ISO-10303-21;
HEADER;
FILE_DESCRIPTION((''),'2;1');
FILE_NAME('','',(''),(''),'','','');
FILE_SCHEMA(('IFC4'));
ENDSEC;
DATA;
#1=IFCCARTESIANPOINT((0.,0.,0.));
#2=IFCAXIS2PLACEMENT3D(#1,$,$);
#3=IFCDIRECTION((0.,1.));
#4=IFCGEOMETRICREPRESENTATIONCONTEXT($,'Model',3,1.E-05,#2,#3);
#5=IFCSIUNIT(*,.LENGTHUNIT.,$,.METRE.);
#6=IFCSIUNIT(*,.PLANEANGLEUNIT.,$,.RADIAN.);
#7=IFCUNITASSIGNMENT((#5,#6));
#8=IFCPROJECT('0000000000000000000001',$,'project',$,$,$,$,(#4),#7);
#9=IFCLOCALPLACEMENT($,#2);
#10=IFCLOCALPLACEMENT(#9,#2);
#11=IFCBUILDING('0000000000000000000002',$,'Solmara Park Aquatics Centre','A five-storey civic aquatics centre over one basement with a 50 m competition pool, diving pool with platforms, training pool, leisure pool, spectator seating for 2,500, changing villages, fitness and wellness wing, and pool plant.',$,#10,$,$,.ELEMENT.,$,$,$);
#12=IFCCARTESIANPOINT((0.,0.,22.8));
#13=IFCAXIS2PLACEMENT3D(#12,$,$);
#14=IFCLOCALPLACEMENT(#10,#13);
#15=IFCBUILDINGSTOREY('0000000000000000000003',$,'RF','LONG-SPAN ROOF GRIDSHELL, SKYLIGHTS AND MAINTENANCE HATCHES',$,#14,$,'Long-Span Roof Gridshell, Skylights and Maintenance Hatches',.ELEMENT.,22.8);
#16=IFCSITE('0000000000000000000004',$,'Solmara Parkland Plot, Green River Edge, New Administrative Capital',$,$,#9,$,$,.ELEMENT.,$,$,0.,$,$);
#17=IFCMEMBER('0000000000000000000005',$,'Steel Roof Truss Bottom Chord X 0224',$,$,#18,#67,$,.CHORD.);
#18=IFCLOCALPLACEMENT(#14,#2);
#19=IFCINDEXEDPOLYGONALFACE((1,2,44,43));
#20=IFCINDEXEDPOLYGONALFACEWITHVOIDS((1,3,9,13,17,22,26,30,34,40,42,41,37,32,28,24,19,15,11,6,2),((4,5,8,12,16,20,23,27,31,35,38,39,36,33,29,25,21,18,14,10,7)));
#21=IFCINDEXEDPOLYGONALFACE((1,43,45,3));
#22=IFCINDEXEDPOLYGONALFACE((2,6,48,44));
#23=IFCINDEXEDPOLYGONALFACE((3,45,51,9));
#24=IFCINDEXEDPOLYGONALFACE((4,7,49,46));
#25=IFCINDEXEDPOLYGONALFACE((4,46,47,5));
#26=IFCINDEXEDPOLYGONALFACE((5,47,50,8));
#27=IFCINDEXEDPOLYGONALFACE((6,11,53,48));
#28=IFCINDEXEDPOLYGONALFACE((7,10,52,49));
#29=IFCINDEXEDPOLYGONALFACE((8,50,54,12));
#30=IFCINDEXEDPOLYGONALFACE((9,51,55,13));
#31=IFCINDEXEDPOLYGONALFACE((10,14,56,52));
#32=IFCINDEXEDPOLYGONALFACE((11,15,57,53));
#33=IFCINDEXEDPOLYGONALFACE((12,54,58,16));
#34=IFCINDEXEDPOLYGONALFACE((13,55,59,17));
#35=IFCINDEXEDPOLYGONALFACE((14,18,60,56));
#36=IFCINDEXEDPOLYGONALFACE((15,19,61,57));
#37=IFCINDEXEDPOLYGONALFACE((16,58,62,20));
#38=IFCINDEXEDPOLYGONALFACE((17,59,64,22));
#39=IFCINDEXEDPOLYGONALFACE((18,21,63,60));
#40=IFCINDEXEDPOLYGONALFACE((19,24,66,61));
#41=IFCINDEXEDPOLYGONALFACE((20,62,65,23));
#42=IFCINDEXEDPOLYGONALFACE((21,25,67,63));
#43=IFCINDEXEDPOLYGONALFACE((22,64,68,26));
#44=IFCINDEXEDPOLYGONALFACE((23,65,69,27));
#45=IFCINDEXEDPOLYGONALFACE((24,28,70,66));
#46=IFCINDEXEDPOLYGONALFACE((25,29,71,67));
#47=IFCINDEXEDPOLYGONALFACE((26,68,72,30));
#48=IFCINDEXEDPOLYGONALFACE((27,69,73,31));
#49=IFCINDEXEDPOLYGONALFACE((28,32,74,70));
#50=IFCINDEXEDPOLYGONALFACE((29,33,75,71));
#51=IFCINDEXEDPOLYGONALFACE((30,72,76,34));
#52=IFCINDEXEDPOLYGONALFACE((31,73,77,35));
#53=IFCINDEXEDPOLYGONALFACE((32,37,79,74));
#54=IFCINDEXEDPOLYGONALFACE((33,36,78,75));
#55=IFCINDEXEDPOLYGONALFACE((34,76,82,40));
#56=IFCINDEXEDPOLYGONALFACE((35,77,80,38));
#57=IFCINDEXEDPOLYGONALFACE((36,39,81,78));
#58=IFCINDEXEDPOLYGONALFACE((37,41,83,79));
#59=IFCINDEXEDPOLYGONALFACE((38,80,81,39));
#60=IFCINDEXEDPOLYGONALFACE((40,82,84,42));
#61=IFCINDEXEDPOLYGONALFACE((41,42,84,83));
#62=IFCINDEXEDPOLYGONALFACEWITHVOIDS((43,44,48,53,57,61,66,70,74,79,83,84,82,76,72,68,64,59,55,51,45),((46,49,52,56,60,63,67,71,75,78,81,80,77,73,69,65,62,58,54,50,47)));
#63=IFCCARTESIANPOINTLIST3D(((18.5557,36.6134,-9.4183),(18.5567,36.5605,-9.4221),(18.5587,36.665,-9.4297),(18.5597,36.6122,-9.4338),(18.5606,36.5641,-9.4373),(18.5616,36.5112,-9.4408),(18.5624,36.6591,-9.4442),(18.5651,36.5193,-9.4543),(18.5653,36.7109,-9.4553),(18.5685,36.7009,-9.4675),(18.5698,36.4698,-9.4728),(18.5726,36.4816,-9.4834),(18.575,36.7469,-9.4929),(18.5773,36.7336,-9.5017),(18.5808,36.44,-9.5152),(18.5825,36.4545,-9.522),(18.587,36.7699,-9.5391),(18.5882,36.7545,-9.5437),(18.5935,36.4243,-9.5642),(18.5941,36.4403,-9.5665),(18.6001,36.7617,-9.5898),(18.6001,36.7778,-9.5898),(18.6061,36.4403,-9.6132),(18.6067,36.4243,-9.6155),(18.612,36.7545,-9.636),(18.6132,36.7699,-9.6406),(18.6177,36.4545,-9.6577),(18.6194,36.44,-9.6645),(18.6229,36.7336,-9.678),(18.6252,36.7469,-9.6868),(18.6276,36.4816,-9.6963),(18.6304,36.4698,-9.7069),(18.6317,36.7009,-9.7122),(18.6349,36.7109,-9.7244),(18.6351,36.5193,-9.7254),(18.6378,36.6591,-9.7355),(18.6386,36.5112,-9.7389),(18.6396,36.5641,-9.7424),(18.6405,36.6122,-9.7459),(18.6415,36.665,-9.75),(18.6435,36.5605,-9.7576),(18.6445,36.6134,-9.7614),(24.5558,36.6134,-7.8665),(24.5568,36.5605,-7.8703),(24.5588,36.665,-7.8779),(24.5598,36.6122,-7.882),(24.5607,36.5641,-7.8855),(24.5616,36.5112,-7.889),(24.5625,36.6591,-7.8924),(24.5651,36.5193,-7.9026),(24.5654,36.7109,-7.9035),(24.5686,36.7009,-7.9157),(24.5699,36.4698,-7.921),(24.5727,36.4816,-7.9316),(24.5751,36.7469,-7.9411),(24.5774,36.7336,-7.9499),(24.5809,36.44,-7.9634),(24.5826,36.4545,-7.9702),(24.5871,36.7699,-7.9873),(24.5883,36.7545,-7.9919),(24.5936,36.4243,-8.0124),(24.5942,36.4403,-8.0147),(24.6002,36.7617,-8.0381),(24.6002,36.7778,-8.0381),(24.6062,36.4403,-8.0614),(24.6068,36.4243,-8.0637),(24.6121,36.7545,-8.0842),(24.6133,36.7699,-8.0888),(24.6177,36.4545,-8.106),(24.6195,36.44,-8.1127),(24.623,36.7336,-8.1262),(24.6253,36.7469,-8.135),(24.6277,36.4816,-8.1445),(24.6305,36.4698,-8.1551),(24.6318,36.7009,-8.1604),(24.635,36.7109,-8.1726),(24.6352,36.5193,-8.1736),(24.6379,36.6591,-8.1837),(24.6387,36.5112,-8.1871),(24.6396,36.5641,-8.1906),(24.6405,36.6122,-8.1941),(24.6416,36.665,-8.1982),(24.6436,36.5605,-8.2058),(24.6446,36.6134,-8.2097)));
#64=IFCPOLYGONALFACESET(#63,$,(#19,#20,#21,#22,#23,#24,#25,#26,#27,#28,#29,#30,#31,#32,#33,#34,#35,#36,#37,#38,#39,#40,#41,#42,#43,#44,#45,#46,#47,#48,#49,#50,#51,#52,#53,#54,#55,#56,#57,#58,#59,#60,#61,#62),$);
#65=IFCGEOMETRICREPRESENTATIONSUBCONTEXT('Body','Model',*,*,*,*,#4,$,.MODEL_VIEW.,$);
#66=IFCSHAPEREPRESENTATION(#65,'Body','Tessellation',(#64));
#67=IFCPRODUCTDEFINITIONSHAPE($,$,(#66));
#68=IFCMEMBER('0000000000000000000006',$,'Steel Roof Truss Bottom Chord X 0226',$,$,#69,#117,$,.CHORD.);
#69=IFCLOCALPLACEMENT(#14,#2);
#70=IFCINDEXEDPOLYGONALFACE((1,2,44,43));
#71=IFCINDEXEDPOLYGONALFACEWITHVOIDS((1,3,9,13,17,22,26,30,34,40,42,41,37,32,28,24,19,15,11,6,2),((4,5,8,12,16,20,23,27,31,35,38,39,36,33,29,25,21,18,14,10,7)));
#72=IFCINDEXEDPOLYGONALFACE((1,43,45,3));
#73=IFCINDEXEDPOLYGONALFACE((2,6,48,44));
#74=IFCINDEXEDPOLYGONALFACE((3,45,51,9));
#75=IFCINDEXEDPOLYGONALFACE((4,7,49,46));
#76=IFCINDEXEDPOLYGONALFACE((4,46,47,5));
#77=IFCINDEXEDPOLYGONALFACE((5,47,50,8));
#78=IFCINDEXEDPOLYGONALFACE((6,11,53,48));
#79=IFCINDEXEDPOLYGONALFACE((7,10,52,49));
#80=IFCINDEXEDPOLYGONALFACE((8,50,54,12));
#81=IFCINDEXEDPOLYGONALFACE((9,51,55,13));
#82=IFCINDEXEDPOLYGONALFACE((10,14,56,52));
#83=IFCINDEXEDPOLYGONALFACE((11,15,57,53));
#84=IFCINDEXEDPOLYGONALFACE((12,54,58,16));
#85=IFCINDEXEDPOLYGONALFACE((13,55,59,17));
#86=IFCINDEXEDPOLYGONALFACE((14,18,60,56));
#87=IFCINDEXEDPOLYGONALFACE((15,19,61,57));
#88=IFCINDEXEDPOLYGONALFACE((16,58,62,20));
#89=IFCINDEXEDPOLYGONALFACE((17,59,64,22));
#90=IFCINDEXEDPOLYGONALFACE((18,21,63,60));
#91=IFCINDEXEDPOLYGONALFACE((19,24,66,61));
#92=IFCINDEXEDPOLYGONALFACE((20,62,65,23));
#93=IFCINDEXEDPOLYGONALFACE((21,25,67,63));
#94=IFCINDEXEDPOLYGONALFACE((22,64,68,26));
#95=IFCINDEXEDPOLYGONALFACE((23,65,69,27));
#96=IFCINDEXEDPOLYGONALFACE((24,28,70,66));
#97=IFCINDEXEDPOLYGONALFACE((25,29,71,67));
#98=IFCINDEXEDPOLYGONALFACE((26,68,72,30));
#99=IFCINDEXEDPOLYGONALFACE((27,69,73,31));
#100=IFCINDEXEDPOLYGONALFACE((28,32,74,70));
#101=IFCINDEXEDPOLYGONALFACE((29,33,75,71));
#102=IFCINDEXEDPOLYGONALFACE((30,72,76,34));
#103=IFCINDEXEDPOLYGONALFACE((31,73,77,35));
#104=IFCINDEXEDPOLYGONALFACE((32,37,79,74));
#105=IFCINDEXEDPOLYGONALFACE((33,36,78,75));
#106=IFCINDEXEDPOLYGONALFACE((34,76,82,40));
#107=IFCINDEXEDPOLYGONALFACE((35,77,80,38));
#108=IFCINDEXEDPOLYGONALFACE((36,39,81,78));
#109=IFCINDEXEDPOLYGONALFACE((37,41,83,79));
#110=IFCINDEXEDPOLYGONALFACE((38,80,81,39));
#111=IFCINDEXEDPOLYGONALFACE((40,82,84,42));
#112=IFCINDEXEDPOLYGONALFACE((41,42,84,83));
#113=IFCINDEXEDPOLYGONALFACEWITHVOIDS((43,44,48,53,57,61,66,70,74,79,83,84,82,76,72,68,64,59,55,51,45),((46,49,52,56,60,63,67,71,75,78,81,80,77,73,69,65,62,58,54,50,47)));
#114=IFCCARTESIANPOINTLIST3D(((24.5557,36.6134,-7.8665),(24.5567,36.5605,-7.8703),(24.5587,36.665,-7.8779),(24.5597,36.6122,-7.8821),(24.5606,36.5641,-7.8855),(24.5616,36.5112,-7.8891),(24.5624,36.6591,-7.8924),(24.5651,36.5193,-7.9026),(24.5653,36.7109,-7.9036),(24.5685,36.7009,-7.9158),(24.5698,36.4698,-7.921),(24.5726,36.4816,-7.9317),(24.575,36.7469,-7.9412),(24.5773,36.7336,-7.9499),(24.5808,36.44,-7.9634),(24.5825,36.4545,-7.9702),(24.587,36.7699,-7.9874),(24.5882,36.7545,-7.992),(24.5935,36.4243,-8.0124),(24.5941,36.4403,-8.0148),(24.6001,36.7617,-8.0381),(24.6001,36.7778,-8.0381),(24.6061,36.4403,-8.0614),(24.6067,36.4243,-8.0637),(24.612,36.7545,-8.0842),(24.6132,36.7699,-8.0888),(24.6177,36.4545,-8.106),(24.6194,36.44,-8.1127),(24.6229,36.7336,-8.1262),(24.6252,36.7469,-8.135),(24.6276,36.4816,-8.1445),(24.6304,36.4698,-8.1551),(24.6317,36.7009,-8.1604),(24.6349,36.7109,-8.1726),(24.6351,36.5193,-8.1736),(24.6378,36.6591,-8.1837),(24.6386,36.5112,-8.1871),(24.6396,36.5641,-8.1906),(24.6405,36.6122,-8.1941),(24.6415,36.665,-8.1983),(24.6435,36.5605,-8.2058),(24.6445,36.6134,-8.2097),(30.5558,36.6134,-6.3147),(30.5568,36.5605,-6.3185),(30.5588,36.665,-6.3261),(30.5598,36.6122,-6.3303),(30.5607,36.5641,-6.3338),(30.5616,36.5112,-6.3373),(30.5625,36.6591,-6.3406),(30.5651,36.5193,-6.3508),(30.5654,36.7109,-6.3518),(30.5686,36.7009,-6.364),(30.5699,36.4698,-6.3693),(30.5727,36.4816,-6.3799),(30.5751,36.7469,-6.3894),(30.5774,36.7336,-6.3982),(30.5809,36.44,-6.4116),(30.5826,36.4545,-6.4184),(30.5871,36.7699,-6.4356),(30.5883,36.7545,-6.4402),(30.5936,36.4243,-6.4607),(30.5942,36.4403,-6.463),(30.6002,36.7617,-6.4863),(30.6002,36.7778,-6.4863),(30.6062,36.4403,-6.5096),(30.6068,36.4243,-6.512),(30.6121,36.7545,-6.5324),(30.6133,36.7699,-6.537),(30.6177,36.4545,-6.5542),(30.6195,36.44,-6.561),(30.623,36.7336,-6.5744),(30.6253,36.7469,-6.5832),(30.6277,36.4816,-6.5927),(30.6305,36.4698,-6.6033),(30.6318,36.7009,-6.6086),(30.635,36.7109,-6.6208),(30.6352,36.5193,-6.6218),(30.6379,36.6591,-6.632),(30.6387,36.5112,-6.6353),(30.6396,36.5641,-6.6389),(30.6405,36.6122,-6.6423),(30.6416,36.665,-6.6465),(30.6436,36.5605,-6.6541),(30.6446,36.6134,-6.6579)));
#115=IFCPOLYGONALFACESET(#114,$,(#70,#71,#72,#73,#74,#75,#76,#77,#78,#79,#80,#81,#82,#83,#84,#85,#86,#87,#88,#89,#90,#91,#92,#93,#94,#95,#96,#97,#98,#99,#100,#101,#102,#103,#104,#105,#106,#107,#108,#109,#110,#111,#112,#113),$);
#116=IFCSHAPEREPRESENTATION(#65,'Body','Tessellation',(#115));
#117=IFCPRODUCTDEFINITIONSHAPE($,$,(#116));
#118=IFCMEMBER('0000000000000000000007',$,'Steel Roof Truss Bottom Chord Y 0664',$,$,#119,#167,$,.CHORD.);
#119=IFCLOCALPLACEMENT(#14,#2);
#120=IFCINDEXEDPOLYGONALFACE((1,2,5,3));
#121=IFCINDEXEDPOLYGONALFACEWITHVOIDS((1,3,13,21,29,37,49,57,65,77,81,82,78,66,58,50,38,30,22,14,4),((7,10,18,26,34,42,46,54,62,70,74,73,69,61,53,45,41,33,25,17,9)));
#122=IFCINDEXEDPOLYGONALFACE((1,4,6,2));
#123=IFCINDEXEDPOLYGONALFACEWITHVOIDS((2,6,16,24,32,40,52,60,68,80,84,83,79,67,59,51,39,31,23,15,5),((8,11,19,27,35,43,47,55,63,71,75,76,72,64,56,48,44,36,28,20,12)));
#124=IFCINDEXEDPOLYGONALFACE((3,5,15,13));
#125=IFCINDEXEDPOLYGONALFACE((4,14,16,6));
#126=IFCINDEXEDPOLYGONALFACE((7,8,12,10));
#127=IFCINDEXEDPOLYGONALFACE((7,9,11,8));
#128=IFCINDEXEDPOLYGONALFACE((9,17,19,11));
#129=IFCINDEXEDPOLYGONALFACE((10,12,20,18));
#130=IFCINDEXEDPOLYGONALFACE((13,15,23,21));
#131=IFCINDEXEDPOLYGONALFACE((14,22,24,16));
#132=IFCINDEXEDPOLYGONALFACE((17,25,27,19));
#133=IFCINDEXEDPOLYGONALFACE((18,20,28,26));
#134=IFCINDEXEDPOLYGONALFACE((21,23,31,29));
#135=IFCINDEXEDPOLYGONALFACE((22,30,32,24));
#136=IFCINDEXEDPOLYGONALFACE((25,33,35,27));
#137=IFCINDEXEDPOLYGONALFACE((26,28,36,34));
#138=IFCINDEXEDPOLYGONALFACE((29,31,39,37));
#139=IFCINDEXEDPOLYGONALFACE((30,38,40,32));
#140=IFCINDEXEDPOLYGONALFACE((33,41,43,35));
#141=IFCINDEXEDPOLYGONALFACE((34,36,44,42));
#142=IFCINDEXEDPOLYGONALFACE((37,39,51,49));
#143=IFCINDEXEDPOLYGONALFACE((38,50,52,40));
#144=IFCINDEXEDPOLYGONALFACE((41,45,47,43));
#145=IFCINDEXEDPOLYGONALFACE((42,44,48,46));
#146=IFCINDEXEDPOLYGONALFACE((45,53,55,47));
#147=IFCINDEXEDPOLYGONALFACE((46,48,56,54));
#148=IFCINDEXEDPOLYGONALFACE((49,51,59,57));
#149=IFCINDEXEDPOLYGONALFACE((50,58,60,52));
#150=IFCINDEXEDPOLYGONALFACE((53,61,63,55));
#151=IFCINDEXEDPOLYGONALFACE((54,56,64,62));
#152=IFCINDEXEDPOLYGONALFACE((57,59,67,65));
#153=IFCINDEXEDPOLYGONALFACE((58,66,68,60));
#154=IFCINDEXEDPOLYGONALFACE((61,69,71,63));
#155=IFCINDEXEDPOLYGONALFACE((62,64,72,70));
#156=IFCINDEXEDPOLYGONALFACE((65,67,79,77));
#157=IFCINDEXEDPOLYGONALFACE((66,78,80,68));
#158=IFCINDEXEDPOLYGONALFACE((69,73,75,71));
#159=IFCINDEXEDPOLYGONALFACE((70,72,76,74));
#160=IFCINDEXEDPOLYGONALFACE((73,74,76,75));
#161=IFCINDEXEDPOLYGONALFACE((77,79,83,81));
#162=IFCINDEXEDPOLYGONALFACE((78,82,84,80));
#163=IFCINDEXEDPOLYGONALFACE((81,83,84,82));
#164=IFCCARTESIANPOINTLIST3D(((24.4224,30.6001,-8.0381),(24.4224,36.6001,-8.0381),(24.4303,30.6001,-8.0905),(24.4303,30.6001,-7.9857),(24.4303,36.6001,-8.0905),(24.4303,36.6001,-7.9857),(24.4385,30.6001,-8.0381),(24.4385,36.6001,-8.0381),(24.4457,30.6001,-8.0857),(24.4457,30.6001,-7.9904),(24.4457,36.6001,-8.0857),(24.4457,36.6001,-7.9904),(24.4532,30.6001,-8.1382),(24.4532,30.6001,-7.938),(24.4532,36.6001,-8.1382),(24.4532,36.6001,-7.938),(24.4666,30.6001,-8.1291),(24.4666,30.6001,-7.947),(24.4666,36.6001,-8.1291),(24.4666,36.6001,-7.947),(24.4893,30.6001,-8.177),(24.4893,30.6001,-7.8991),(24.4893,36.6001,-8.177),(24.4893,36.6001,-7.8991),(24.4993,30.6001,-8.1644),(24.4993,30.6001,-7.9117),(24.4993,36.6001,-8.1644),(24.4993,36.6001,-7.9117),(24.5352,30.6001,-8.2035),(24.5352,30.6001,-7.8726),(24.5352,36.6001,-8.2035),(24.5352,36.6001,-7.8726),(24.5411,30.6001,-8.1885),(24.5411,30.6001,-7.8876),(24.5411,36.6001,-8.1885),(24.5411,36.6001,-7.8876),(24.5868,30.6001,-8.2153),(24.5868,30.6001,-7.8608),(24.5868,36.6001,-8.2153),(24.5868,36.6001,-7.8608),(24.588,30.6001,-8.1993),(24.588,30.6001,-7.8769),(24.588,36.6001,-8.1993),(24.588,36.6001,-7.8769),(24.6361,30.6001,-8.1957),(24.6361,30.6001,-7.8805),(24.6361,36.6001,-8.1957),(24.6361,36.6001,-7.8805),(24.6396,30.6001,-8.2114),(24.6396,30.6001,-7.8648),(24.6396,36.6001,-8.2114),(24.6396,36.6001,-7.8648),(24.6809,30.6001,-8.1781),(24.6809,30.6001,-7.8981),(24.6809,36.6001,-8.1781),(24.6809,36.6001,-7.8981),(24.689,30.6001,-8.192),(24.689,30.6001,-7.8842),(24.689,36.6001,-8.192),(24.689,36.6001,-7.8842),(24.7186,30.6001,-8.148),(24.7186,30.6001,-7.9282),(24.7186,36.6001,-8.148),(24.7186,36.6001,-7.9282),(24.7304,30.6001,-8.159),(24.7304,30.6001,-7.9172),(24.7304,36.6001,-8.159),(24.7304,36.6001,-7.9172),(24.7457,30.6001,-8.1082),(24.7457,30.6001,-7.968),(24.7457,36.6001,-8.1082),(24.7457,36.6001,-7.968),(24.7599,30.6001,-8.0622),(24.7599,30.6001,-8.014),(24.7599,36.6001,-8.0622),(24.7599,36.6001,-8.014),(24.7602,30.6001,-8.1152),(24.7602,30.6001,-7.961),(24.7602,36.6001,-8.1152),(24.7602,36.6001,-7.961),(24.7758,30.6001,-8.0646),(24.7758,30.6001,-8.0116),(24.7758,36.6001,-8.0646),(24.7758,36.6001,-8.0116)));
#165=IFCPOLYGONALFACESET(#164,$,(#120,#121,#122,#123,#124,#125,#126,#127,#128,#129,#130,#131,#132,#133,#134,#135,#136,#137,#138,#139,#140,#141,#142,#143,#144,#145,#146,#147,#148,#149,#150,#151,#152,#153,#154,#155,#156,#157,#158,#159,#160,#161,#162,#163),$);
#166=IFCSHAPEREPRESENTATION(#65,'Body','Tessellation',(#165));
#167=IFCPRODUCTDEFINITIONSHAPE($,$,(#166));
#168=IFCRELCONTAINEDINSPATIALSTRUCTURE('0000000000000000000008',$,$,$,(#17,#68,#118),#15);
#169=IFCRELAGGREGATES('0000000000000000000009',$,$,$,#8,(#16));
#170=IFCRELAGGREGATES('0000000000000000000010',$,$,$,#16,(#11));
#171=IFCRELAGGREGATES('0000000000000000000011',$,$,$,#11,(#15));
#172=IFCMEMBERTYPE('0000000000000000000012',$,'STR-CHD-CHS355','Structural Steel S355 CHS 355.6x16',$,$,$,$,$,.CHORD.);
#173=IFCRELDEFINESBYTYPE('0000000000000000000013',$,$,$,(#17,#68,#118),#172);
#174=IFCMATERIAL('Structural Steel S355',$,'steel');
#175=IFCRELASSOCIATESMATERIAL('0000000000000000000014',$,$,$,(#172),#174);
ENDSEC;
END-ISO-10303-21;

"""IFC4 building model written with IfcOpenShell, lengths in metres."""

from ifc_helpers import new_model, si_unit, direction, frame, origin, origin_2d, place, context, subcontext, project, spatial, hollow_circle, extrude, material, material_profile, profile_set, type_object, element, save


model = new_model("IFC4")

# Units and contexts
model_context = context("Model", 3, precision=1e-05, world=origin(), true_north=direction((0.0, 1.0)))
body_context = subcontext(model_context, "Body", "Model", "MODEL_VIEW")
ifc_project = project(units=[si_unit("LENGTHUNIT", "METRE"), si_unit("PLANEANGLEUNIT", "RADIAN")], contexts=[model_context])

# Site, building, storey
site_placement = place(None, origin())
site = spatial("IfcSite", under=ifc_project, at=site_placement, Name="Solmara Parkland Plot, Green River Edge, New Administrative Capital", CompositionType="ELEMENT", RefElevation=0.0)
building_placement = place(site_placement, origin())
building = spatial("IfcBuilding", under=site, at=building_placement, Name="Solmara Park Aquatics Centre", Description="A five-storey civic aquatics centre over one basement with a 50 m competition pool, diving pool with platforms, training pool, leisure pool, spectator seating for 2,500, changing villages, fitness and wellness wing, and pool plant.", CompositionType="ELEMENT")
storey_placement = place(building_placement, frame((0.0, 0.0, 22.8)))
storey = spatial("IfcBuildingStorey", under=building, at=storey_placement, Name="RF", Description="LONG-SPAN ROOF GRIDSHELL, SKYLIGHTS AND MAINTENANCE HATCHES", LongName="Long-Span Roof Gridshell, Skylights and Maintenance Hatches", CompositionType="ELEMENT", Elevation=22.8)

# Members
ifc_material_1 = material(Name="Structural Steel S355", Category="steel")
ifc_material_profile_1 = material_profile(ifc_material_1, hollow_circle(Radius=0.1777, WallThickness=0.0161, at=origin_2d()), Name="CHS 355.6x16")
ifc_profile_set_1 = profile_set([ifc_material_profile_1], Name="Structural Steel S355")
member_type_1 = type_object("IfcMemberType", Name="STR-CHD-CHS355", Description="Structural Steel S355 CHS 355.6x16", PredefinedType="CHORD", material=ifc_profile_set_1)
for number, where, z_axis, x_axis, name in (
    (1, (18.6001, 36.6001, -9.5898), (0.968146, 0.0, 0.250388), (0.0, 1.0, 0.0), "Steel Roof Truss Bottom Chord X 0224"),
    (2, (24.6001, 36.6001, -8.0381), (0.968146, 0.0, 0.250388), (0.0, 1.0, 0.0), "Steel Roof Truss Bottom Chord X 0226"),
):
    element("IfcMember", number, at=place(storey_placement, frame(where, z_axis=z_axis, x_axis=x_axis)), inside=storey, type_object=member_type_1, Name=name, PredefinedType="CHORD", context=body_context, shape_type="SweptSolid", body=[
        extrude(hollow_circle(Radius=0.1777, WallThickness=0.0161, at=origin_2d()), origin(), (0.0, 0.0, 1.0), 6.1975),
    ])
for number, where, z_axis, x_axis, name in (
    (3, (24.6001, 30.6001, -8.0381), (0.0, 1.0, 0.0), (-1.0, 0.0, 0.0), "Steel Roof Truss Bottom Chord Y 0664"),
):
    element("IfcMember", number, at=place(storey_placement, frame(where, z_axis=z_axis, x_axis=x_axis)), inside=storey, type_object=member_type_1, Name=name, PredefinedType="CHORD", context=body_context, shape_type="SweptSolid", body=[
        extrude(hollow_circle(Radius=0.1777, WallThickness=0.0161, at=origin_2d()), origin(), (0.0, 0.0, 1.0), 6.0),
    ])

save(model, "model.ifc")
